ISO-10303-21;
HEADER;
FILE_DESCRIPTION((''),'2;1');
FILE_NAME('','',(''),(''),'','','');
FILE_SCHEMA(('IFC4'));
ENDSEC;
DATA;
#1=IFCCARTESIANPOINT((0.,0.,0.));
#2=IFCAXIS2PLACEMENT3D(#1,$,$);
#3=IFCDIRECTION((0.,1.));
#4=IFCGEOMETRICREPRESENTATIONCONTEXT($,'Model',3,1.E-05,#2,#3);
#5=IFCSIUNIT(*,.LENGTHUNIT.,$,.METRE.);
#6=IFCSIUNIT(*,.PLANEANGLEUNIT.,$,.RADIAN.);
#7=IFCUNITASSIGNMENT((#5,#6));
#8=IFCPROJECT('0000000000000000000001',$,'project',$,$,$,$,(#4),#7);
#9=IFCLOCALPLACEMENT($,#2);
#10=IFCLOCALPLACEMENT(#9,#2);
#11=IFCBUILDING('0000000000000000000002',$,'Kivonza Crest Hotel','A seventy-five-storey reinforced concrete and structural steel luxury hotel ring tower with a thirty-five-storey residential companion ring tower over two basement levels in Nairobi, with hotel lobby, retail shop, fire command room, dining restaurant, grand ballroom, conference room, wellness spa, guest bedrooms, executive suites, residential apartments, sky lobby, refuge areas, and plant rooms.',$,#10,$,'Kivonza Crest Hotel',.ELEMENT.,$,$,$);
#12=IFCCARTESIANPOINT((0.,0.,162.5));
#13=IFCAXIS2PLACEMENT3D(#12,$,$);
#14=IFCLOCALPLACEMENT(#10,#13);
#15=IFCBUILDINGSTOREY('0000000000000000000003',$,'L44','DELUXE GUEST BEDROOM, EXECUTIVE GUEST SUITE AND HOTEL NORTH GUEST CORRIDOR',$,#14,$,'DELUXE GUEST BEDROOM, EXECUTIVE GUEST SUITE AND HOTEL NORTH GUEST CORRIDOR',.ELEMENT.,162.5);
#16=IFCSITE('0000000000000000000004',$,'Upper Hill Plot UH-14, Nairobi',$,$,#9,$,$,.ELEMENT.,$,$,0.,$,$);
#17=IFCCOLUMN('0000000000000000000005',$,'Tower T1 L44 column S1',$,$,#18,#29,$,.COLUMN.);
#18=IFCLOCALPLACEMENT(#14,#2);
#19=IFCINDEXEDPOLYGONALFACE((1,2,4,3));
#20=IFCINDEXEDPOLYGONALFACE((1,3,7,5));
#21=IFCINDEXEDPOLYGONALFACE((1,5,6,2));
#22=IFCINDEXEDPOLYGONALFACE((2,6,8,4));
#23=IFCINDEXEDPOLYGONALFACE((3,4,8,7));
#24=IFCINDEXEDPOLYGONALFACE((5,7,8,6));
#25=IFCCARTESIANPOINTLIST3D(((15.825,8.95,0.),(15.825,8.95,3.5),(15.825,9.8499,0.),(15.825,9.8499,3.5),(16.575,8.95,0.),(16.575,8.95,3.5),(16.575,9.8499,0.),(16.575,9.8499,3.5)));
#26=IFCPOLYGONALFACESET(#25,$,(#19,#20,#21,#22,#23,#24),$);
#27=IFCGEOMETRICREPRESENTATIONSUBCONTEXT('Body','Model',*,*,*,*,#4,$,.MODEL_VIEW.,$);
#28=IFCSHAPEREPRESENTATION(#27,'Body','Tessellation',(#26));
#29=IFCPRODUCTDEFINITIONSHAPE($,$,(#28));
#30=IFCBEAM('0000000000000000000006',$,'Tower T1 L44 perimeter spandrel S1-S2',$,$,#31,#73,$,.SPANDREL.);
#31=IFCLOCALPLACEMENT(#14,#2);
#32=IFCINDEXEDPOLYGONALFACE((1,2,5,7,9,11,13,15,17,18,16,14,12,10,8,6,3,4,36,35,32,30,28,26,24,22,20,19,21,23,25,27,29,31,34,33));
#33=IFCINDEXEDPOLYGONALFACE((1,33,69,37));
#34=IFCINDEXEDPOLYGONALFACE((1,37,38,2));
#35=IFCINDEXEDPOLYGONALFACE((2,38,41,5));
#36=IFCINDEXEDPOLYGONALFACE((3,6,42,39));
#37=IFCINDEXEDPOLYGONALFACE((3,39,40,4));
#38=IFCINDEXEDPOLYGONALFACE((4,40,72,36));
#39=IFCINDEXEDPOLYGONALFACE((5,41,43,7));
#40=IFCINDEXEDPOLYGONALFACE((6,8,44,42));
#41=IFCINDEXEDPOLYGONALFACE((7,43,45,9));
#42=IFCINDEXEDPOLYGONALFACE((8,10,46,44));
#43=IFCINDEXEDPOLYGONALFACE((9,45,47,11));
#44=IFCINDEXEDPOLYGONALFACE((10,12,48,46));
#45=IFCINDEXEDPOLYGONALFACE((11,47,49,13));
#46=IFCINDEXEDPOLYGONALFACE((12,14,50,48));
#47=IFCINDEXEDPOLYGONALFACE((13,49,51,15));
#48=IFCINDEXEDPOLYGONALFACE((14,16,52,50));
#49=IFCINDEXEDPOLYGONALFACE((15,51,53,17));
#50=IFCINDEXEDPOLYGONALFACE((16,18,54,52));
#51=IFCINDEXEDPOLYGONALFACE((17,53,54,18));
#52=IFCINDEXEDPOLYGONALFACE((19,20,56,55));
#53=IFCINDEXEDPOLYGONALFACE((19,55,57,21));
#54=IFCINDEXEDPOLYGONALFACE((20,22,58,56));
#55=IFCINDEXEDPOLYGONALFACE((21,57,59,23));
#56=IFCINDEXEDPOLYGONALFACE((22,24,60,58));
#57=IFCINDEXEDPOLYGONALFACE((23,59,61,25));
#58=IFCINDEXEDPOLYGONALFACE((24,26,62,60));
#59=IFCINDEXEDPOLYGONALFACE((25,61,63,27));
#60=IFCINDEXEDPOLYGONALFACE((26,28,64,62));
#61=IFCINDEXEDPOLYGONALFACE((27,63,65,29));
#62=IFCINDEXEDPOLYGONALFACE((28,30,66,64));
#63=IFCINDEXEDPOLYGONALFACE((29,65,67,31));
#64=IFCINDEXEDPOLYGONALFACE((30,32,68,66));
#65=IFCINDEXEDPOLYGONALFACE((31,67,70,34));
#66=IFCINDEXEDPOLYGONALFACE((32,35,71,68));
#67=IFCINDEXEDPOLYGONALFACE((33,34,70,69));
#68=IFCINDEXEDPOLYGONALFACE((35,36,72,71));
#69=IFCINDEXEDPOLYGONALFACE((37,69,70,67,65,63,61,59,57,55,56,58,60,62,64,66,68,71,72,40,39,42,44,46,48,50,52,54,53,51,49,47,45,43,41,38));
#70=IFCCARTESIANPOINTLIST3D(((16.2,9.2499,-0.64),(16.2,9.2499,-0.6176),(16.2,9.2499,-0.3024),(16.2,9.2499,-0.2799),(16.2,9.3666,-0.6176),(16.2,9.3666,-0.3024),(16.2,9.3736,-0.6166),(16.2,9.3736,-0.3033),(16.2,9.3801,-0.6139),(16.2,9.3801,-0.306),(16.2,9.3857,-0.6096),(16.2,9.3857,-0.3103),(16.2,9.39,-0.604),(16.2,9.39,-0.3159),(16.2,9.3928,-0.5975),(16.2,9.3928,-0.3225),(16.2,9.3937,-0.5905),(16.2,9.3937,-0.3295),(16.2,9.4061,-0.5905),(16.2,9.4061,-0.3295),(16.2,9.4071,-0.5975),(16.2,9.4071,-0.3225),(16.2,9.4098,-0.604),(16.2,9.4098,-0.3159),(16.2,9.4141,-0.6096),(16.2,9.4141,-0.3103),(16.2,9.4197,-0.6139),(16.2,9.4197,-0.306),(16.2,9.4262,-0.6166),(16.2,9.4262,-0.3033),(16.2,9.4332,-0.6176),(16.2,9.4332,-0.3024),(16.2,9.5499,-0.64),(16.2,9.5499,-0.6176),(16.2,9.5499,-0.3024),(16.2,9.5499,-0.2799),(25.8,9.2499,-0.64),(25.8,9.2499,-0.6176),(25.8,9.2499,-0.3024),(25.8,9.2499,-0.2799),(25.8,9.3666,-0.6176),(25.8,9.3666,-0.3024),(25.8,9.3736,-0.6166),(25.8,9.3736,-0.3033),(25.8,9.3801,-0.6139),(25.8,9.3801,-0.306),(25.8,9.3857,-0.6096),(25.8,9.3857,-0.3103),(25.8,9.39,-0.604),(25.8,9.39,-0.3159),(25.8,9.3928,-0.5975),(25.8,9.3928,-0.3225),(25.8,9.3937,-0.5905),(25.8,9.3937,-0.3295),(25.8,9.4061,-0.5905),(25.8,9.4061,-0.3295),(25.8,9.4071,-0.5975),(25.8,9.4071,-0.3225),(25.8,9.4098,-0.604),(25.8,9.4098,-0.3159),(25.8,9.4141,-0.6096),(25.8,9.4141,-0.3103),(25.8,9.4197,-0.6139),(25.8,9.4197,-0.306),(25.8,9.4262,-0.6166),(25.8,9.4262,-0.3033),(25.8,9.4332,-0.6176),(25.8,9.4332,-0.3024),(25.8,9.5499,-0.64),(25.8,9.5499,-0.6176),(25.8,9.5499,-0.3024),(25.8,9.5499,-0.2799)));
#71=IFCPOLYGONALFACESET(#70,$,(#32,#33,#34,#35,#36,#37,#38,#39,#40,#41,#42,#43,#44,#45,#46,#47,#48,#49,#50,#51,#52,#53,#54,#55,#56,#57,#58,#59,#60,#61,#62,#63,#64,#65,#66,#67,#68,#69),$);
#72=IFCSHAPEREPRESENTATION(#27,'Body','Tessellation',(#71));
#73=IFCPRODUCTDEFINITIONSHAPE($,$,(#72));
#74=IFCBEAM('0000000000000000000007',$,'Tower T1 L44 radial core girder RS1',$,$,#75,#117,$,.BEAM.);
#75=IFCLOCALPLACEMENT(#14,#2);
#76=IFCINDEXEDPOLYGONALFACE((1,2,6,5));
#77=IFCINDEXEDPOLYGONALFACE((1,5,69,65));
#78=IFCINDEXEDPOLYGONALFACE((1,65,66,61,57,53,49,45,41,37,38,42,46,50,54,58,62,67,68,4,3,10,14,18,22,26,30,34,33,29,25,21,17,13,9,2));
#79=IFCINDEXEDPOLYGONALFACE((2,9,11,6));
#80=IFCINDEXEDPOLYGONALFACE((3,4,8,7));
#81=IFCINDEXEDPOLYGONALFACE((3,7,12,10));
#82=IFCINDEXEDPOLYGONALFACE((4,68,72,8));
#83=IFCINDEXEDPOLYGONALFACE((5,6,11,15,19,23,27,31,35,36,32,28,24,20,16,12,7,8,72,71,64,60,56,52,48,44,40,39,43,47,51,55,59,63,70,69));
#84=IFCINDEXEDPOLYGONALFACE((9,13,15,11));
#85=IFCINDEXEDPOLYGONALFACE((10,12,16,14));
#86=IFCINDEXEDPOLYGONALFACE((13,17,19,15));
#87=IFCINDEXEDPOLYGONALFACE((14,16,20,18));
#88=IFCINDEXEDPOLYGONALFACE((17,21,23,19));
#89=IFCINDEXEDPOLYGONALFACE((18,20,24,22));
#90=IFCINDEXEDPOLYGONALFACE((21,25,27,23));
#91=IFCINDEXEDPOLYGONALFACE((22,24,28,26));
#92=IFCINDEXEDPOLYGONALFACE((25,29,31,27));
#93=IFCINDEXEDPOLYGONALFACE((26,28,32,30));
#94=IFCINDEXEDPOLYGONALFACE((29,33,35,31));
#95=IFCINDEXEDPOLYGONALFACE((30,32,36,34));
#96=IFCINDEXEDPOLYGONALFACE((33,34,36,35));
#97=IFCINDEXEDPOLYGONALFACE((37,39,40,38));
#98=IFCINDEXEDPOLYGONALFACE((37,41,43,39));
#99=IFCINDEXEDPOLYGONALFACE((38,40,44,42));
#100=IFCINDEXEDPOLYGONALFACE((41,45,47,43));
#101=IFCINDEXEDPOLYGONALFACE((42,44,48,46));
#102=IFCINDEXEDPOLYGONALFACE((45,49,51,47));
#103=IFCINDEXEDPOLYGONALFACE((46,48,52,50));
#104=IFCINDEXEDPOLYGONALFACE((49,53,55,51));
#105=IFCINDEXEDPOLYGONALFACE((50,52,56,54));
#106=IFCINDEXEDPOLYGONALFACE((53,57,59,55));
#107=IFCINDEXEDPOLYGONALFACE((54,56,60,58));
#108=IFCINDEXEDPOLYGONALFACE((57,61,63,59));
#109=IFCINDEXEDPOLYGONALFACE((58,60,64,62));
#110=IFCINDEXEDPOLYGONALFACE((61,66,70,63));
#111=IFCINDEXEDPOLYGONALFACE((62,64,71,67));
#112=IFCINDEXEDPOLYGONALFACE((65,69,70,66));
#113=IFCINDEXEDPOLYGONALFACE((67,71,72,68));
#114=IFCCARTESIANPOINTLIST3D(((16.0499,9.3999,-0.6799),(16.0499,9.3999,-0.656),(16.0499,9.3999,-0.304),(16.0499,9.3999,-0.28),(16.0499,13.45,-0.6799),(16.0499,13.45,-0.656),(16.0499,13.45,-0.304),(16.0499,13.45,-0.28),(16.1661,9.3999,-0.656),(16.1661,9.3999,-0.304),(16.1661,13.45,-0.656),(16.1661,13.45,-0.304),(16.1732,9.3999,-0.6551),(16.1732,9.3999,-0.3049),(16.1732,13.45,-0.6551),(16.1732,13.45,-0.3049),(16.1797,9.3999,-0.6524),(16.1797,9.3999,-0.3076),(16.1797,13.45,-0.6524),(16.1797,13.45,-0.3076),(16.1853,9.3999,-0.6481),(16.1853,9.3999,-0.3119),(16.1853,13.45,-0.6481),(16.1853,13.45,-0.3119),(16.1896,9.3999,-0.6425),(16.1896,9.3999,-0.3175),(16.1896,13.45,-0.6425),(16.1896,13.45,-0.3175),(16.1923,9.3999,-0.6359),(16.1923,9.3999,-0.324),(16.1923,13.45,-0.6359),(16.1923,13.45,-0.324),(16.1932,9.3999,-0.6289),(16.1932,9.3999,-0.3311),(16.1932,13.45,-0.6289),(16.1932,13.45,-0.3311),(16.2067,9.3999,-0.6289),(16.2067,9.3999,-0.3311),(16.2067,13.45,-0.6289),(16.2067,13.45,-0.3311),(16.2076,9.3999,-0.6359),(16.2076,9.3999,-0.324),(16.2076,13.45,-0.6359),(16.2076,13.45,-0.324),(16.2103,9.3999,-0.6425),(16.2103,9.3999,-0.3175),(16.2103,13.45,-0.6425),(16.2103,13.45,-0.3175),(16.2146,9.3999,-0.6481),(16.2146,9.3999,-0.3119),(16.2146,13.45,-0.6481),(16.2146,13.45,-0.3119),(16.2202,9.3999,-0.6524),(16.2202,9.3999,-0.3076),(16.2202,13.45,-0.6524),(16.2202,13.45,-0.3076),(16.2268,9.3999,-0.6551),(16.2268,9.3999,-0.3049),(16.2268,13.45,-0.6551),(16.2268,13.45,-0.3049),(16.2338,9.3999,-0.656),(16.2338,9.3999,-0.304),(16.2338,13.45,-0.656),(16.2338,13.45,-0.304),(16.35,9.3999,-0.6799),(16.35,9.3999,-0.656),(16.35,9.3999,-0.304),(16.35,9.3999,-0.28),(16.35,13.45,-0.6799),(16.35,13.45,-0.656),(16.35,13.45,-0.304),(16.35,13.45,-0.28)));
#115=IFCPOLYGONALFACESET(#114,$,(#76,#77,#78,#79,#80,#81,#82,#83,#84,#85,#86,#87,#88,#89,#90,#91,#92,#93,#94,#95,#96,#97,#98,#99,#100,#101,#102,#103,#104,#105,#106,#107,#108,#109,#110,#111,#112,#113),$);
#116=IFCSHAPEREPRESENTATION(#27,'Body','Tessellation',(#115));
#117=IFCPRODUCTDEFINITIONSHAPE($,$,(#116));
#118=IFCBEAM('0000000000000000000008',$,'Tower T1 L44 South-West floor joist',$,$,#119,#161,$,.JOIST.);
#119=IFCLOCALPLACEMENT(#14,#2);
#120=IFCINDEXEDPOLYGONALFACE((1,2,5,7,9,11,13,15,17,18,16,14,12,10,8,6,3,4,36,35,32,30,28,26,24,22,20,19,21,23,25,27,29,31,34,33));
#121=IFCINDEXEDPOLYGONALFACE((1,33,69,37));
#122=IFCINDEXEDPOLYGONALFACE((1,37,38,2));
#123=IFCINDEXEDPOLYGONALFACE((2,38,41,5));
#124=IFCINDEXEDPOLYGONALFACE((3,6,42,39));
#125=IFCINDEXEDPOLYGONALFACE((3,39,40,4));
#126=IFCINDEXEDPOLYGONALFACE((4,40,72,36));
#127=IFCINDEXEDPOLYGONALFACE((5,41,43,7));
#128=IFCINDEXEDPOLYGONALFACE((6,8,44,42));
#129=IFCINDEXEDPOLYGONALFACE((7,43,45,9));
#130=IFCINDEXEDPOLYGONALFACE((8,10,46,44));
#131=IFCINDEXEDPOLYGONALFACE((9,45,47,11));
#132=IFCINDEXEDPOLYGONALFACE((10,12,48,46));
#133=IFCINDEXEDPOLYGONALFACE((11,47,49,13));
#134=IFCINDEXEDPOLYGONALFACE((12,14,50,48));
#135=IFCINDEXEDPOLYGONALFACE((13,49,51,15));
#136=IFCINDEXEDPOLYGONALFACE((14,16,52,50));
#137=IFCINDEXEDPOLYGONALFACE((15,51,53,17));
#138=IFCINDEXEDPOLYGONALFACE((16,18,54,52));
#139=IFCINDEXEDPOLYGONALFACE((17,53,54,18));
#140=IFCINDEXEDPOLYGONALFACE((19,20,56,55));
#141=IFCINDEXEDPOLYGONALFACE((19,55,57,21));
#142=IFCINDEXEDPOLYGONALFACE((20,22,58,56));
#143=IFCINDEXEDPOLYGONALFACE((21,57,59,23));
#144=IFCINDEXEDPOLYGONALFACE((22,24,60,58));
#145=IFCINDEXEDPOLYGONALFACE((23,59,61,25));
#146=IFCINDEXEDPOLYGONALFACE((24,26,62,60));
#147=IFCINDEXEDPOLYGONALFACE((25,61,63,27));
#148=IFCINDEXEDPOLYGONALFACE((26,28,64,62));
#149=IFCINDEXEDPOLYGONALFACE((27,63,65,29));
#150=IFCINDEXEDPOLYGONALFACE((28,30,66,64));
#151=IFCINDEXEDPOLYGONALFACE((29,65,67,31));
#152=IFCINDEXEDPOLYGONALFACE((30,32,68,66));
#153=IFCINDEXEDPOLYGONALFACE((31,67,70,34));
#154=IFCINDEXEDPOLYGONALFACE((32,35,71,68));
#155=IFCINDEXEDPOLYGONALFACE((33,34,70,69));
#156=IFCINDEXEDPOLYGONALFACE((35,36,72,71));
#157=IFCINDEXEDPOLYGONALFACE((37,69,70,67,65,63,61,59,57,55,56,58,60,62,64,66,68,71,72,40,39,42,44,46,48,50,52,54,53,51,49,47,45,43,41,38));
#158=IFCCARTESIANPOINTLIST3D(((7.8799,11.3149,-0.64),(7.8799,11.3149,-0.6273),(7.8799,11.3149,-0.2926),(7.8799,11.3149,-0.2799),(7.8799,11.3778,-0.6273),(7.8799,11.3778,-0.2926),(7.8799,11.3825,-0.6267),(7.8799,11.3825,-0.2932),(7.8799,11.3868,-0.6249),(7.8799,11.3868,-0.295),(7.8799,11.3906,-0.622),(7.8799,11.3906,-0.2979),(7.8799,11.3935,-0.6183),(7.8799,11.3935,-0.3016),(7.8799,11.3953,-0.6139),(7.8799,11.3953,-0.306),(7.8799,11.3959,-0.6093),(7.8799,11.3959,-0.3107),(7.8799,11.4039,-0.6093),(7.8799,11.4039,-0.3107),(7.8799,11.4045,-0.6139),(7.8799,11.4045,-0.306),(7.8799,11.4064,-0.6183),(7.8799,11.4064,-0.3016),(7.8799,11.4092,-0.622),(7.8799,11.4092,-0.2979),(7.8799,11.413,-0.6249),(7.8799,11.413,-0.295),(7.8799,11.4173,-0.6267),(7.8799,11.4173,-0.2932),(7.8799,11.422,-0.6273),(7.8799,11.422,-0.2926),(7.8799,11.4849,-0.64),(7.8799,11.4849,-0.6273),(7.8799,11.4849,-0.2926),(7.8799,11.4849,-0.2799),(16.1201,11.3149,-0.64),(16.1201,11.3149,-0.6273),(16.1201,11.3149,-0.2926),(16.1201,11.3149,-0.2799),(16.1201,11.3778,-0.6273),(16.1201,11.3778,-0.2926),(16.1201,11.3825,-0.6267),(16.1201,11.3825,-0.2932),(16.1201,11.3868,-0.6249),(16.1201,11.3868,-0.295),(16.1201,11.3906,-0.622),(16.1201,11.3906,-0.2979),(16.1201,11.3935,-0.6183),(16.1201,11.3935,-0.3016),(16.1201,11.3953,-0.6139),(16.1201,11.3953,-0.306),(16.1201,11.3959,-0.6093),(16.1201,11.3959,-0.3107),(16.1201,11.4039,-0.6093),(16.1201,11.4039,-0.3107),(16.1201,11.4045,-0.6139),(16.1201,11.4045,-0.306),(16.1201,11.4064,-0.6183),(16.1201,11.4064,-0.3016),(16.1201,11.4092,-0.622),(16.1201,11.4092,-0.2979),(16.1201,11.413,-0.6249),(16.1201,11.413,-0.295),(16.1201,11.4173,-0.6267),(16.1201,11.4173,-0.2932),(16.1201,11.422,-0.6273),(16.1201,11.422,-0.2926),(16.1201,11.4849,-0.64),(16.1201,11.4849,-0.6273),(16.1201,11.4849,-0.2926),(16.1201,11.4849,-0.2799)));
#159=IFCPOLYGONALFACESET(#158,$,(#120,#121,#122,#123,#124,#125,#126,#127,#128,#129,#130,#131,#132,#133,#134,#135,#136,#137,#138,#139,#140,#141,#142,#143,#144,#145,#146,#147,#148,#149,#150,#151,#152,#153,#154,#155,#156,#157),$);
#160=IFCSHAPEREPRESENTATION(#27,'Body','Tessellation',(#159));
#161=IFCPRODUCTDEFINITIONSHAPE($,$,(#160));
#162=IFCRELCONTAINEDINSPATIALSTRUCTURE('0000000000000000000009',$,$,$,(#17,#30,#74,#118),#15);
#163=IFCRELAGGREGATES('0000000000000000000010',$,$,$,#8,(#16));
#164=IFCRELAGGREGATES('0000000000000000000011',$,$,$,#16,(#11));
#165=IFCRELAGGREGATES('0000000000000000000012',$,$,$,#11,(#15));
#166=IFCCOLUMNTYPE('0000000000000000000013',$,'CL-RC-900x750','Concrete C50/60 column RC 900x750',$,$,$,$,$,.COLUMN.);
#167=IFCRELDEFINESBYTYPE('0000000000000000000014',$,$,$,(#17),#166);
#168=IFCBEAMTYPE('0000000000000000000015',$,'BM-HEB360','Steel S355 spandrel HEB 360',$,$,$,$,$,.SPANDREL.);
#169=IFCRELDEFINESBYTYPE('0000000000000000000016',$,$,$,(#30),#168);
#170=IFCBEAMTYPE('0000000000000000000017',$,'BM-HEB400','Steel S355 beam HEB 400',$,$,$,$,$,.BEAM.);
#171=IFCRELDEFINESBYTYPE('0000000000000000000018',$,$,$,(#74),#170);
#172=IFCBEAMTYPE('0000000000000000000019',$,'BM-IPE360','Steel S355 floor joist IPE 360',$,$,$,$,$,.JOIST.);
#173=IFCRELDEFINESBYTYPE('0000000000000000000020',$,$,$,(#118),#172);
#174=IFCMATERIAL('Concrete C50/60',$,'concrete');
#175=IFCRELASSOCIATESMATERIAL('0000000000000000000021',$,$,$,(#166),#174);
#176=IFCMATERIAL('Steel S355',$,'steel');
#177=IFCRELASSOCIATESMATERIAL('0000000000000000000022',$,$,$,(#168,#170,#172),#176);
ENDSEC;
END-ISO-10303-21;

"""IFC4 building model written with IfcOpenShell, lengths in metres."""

from ifc_helpers import new_model, si_unit, direction, frame, origin, origin_2d, place, context, subcontext, project, spatial, rectangle, i_section, extrude, material, material_profile, profile_set, type_object, element, save


model = new_model("IFC4")

# Units and contexts
model_context = context("Model", 3, precision=1e-05, world=origin(), true_north=direction((0.0, 1.0)))
body_context = subcontext(model_context, "Body", "Model", "MODEL_VIEW")
ifc_project = project(units=[si_unit("LENGTHUNIT", "METRE"), si_unit("PLANEANGLEUNIT", "RADIAN")], contexts=[model_context])

# Site, building, storey
site_placement = place(None, origin())
site = spatial("IfcSite", under=ifc_project, at=site_placement, Name="Upper Hill Plot UH-14, Nairobi", CompositionType="ELEMENT", RefElevation=0.0)
building_placement = place(site_placement, origin())
building = spatial("IfcBuilding", under=site, at=building_placement, Name="Kivonza Crest Hotel", Description="A seventy-five-storey reinforced concrete and structural steel luxury hotel ring tower with a thirty-five-storey residential companion ring tower over two basement levels in Nairobi, with hotel lobby, retail shop, fire command room, dining restaurant, grand ballroom, conference room, wellness spa, guest bedrooms, executive suites, residential apartments, sky lobby, refuge areas, and plant rooms.", LongName="Kivonza Crest Hotel", CompositionType="ELEMENT")
storey_placement = place(building_placement, frame((0.0, 0.0, 162.5)))
storey = spatial("IfcBuildingStorey", under=building, at=storey_placement, Name="L44", Description="DELUXE GUEST BEDROOM, EXECUTIVE GUEST SUITE AND HOTEL NORTH GUEST CORRIDOR", LongName="DELUXE GUEST BEDROOM, EXECUTIVE GUEST SUITE AND HOTEL NORTH GUEST CORRIDOR", CompositionType="ELEMENT", Elevation=162.5)

# Column
ifc_material_1 = material(Name="Concrete C50/60", Category="concrete")
ifc_material_profile_1 = material_profile(ifc_material_1, rectangle(XDim=0.75, YDim=0.8999, at=origin_2d()), Name="RC 900x750")
ifc_profile_set_1 = profile_set([ifc_material_profile_1], Name="Concrete C50/60")
column_type = type_object("IfcColumnType", Name="CL-RC-900x750", Description="Concrete C50/60 column RC 900x750", PredefinedType="COLUMN", material=ifc_profile_set_1)
column_placement = place(storey_placement, frame((16.2, 9.3999, 0.0), z_axis=(0.0, 0.0, 1.0), x_axis=(1.0, 0.0, 0.0)))
element("IfcColumn", 1, at=column_placement, inside=storey, type_object=column_type, Name="Tower T1 L44 column S1", PredefinedType="COLUMN", context=body_context, shape_type="SweptSolid", body=[
    extrude(rectangle(XDim=0.75, YDim=0.8999, at=origin_2d()), origin(), (0.0, 0.0, 1.0), 3.5),
])

# Beams
ifc_material_2 = material(Name="Steel S355", Category="steel")
ifc_material_profile_2 = material_profile(ifc_material_2, i_section(OverallWidth=0.3, OverallDepth=0.3601, WebThickness=0.0125, FlangeThickness=0.0225, FilletRadius=0.0271, at=origin_2d()), Name="HEB 360")
ifc_profile_set_2 = profile_set([ifc_material_profile_2], Name="Steel S355")
beam_type_1 = type_object("IfcBeamType", Name="BM-HEB360", Description="Steel S355 spandrel HEB 360", PredefinedType="SPANDREL", material=ifc_profile_set_2)
beam_1_placement = place(storey_placement, frame((16.2, 9.3999, -0.46), z_axis=(1.0, 0.0, 0.0), x_axis=(0.0, 1.0, 0.0)))
element("IfcBeam", 2, at=beam_1_placement, inside=storey, type_object=beam_type_1, Name="Tower T1 L44 perimeter spandrel S1-S2", PredefinedType="SPANDREL", context=body_context, shape_type="SweptSolid", body=[
    extrude(i_section(OverallWidth=0.3, OverallDepth=0.3601, WebThickness=0.0125, FlangeThickness=0.0225, FilletRadius=0.0271, at=origin_2d()), origin(), (0.0, 0.0, 1.0), 9.6001),
])
ifc_material_profile_3 = material_profile(ifc_material_2, i_section(OverallWidth=0.3, OverallDepth=0.3999, WebThickness=0.0134, FlangeThickness=0.0239, FilletRadius=0.0271, at=origin_2d()), Name="HEB 400")
ifc_profile_set_3 = profile_set([ifc_material_profile_3], Name="Steel S355")
beam_type_2 = type_object("IfcBeamType", Name="BM-HEB400", Description="Steel S355 beam HEB 400", PredefinedType="BEAM", material=ifc_profile_set_3)
beam_2_placement = place(storey_placement, frame((16.2, 9.3999, -0.48), z_axis=(0.0, 1.0, 0.0), x_axis=(-1.0, 0.0, 0.0)))
element("IfcBeam", 3, at=beam_2_placement, inside=storey, type_object=beam_type_2, Name="Tower T1 L44 radial core girder RS1", PredefinedType="BEAM", context=body_context, shape_type="SweptSolid", body=[
    extrude(i_section(OverallWidth=0.3, OverallDepth=0.3999, WebThickness=0.0134, FlangeThickness=0.0239, FilletRadius=0.0271, at=origin_2d()), origin(), (0.0, 0.0, 1.0), 4.05),
])
ifc_material_profile_4 = material_profile(ifc_material_2, i_section(OverallWidth=0.1699, OverallDepth=0.3601, WebThickness=0.0081, FlangeThickness=0.0127, FilletRadius=0.0181, at=origin_2d()), Name="IPE 360")
ifc_profile_set_4 = profile_set([ifc_material_profile_4], Name="Steel S355")
beam_type_3 = type_object("IfcBeamType", Name="BM-IPE360", Description="Steel S355 floor joist IPE 360", PredefinedType="JOIST", material=ifc_profile_set_4)
beam_3_placement = place(storey_placement, frame((7.8799, 11.3999, -0.46), z_axis=(1.0, 0.0, 0.0), x_axis=(0.0, 1.0, 0.0)))
element("IfcBeam", 4, at=beam_3_placement, inside=storey, type_object=beam_type_3, Name="Tower T1 L44 South-West floor joist", PredefinedType="JOIST", context=body_context, shape_type="SweptSolid", body=[
    extrude(i_section(OverallWidth=0.1699, OverallDepth=0.3601, WebThickness=0.0081, FlangeThickness=0.0127, FilletRadius=0.0181, at=origin_2d()), origin(), (0.0, 0.0, 1.0), 8.2402),
])

save(model, "model.ifc")
